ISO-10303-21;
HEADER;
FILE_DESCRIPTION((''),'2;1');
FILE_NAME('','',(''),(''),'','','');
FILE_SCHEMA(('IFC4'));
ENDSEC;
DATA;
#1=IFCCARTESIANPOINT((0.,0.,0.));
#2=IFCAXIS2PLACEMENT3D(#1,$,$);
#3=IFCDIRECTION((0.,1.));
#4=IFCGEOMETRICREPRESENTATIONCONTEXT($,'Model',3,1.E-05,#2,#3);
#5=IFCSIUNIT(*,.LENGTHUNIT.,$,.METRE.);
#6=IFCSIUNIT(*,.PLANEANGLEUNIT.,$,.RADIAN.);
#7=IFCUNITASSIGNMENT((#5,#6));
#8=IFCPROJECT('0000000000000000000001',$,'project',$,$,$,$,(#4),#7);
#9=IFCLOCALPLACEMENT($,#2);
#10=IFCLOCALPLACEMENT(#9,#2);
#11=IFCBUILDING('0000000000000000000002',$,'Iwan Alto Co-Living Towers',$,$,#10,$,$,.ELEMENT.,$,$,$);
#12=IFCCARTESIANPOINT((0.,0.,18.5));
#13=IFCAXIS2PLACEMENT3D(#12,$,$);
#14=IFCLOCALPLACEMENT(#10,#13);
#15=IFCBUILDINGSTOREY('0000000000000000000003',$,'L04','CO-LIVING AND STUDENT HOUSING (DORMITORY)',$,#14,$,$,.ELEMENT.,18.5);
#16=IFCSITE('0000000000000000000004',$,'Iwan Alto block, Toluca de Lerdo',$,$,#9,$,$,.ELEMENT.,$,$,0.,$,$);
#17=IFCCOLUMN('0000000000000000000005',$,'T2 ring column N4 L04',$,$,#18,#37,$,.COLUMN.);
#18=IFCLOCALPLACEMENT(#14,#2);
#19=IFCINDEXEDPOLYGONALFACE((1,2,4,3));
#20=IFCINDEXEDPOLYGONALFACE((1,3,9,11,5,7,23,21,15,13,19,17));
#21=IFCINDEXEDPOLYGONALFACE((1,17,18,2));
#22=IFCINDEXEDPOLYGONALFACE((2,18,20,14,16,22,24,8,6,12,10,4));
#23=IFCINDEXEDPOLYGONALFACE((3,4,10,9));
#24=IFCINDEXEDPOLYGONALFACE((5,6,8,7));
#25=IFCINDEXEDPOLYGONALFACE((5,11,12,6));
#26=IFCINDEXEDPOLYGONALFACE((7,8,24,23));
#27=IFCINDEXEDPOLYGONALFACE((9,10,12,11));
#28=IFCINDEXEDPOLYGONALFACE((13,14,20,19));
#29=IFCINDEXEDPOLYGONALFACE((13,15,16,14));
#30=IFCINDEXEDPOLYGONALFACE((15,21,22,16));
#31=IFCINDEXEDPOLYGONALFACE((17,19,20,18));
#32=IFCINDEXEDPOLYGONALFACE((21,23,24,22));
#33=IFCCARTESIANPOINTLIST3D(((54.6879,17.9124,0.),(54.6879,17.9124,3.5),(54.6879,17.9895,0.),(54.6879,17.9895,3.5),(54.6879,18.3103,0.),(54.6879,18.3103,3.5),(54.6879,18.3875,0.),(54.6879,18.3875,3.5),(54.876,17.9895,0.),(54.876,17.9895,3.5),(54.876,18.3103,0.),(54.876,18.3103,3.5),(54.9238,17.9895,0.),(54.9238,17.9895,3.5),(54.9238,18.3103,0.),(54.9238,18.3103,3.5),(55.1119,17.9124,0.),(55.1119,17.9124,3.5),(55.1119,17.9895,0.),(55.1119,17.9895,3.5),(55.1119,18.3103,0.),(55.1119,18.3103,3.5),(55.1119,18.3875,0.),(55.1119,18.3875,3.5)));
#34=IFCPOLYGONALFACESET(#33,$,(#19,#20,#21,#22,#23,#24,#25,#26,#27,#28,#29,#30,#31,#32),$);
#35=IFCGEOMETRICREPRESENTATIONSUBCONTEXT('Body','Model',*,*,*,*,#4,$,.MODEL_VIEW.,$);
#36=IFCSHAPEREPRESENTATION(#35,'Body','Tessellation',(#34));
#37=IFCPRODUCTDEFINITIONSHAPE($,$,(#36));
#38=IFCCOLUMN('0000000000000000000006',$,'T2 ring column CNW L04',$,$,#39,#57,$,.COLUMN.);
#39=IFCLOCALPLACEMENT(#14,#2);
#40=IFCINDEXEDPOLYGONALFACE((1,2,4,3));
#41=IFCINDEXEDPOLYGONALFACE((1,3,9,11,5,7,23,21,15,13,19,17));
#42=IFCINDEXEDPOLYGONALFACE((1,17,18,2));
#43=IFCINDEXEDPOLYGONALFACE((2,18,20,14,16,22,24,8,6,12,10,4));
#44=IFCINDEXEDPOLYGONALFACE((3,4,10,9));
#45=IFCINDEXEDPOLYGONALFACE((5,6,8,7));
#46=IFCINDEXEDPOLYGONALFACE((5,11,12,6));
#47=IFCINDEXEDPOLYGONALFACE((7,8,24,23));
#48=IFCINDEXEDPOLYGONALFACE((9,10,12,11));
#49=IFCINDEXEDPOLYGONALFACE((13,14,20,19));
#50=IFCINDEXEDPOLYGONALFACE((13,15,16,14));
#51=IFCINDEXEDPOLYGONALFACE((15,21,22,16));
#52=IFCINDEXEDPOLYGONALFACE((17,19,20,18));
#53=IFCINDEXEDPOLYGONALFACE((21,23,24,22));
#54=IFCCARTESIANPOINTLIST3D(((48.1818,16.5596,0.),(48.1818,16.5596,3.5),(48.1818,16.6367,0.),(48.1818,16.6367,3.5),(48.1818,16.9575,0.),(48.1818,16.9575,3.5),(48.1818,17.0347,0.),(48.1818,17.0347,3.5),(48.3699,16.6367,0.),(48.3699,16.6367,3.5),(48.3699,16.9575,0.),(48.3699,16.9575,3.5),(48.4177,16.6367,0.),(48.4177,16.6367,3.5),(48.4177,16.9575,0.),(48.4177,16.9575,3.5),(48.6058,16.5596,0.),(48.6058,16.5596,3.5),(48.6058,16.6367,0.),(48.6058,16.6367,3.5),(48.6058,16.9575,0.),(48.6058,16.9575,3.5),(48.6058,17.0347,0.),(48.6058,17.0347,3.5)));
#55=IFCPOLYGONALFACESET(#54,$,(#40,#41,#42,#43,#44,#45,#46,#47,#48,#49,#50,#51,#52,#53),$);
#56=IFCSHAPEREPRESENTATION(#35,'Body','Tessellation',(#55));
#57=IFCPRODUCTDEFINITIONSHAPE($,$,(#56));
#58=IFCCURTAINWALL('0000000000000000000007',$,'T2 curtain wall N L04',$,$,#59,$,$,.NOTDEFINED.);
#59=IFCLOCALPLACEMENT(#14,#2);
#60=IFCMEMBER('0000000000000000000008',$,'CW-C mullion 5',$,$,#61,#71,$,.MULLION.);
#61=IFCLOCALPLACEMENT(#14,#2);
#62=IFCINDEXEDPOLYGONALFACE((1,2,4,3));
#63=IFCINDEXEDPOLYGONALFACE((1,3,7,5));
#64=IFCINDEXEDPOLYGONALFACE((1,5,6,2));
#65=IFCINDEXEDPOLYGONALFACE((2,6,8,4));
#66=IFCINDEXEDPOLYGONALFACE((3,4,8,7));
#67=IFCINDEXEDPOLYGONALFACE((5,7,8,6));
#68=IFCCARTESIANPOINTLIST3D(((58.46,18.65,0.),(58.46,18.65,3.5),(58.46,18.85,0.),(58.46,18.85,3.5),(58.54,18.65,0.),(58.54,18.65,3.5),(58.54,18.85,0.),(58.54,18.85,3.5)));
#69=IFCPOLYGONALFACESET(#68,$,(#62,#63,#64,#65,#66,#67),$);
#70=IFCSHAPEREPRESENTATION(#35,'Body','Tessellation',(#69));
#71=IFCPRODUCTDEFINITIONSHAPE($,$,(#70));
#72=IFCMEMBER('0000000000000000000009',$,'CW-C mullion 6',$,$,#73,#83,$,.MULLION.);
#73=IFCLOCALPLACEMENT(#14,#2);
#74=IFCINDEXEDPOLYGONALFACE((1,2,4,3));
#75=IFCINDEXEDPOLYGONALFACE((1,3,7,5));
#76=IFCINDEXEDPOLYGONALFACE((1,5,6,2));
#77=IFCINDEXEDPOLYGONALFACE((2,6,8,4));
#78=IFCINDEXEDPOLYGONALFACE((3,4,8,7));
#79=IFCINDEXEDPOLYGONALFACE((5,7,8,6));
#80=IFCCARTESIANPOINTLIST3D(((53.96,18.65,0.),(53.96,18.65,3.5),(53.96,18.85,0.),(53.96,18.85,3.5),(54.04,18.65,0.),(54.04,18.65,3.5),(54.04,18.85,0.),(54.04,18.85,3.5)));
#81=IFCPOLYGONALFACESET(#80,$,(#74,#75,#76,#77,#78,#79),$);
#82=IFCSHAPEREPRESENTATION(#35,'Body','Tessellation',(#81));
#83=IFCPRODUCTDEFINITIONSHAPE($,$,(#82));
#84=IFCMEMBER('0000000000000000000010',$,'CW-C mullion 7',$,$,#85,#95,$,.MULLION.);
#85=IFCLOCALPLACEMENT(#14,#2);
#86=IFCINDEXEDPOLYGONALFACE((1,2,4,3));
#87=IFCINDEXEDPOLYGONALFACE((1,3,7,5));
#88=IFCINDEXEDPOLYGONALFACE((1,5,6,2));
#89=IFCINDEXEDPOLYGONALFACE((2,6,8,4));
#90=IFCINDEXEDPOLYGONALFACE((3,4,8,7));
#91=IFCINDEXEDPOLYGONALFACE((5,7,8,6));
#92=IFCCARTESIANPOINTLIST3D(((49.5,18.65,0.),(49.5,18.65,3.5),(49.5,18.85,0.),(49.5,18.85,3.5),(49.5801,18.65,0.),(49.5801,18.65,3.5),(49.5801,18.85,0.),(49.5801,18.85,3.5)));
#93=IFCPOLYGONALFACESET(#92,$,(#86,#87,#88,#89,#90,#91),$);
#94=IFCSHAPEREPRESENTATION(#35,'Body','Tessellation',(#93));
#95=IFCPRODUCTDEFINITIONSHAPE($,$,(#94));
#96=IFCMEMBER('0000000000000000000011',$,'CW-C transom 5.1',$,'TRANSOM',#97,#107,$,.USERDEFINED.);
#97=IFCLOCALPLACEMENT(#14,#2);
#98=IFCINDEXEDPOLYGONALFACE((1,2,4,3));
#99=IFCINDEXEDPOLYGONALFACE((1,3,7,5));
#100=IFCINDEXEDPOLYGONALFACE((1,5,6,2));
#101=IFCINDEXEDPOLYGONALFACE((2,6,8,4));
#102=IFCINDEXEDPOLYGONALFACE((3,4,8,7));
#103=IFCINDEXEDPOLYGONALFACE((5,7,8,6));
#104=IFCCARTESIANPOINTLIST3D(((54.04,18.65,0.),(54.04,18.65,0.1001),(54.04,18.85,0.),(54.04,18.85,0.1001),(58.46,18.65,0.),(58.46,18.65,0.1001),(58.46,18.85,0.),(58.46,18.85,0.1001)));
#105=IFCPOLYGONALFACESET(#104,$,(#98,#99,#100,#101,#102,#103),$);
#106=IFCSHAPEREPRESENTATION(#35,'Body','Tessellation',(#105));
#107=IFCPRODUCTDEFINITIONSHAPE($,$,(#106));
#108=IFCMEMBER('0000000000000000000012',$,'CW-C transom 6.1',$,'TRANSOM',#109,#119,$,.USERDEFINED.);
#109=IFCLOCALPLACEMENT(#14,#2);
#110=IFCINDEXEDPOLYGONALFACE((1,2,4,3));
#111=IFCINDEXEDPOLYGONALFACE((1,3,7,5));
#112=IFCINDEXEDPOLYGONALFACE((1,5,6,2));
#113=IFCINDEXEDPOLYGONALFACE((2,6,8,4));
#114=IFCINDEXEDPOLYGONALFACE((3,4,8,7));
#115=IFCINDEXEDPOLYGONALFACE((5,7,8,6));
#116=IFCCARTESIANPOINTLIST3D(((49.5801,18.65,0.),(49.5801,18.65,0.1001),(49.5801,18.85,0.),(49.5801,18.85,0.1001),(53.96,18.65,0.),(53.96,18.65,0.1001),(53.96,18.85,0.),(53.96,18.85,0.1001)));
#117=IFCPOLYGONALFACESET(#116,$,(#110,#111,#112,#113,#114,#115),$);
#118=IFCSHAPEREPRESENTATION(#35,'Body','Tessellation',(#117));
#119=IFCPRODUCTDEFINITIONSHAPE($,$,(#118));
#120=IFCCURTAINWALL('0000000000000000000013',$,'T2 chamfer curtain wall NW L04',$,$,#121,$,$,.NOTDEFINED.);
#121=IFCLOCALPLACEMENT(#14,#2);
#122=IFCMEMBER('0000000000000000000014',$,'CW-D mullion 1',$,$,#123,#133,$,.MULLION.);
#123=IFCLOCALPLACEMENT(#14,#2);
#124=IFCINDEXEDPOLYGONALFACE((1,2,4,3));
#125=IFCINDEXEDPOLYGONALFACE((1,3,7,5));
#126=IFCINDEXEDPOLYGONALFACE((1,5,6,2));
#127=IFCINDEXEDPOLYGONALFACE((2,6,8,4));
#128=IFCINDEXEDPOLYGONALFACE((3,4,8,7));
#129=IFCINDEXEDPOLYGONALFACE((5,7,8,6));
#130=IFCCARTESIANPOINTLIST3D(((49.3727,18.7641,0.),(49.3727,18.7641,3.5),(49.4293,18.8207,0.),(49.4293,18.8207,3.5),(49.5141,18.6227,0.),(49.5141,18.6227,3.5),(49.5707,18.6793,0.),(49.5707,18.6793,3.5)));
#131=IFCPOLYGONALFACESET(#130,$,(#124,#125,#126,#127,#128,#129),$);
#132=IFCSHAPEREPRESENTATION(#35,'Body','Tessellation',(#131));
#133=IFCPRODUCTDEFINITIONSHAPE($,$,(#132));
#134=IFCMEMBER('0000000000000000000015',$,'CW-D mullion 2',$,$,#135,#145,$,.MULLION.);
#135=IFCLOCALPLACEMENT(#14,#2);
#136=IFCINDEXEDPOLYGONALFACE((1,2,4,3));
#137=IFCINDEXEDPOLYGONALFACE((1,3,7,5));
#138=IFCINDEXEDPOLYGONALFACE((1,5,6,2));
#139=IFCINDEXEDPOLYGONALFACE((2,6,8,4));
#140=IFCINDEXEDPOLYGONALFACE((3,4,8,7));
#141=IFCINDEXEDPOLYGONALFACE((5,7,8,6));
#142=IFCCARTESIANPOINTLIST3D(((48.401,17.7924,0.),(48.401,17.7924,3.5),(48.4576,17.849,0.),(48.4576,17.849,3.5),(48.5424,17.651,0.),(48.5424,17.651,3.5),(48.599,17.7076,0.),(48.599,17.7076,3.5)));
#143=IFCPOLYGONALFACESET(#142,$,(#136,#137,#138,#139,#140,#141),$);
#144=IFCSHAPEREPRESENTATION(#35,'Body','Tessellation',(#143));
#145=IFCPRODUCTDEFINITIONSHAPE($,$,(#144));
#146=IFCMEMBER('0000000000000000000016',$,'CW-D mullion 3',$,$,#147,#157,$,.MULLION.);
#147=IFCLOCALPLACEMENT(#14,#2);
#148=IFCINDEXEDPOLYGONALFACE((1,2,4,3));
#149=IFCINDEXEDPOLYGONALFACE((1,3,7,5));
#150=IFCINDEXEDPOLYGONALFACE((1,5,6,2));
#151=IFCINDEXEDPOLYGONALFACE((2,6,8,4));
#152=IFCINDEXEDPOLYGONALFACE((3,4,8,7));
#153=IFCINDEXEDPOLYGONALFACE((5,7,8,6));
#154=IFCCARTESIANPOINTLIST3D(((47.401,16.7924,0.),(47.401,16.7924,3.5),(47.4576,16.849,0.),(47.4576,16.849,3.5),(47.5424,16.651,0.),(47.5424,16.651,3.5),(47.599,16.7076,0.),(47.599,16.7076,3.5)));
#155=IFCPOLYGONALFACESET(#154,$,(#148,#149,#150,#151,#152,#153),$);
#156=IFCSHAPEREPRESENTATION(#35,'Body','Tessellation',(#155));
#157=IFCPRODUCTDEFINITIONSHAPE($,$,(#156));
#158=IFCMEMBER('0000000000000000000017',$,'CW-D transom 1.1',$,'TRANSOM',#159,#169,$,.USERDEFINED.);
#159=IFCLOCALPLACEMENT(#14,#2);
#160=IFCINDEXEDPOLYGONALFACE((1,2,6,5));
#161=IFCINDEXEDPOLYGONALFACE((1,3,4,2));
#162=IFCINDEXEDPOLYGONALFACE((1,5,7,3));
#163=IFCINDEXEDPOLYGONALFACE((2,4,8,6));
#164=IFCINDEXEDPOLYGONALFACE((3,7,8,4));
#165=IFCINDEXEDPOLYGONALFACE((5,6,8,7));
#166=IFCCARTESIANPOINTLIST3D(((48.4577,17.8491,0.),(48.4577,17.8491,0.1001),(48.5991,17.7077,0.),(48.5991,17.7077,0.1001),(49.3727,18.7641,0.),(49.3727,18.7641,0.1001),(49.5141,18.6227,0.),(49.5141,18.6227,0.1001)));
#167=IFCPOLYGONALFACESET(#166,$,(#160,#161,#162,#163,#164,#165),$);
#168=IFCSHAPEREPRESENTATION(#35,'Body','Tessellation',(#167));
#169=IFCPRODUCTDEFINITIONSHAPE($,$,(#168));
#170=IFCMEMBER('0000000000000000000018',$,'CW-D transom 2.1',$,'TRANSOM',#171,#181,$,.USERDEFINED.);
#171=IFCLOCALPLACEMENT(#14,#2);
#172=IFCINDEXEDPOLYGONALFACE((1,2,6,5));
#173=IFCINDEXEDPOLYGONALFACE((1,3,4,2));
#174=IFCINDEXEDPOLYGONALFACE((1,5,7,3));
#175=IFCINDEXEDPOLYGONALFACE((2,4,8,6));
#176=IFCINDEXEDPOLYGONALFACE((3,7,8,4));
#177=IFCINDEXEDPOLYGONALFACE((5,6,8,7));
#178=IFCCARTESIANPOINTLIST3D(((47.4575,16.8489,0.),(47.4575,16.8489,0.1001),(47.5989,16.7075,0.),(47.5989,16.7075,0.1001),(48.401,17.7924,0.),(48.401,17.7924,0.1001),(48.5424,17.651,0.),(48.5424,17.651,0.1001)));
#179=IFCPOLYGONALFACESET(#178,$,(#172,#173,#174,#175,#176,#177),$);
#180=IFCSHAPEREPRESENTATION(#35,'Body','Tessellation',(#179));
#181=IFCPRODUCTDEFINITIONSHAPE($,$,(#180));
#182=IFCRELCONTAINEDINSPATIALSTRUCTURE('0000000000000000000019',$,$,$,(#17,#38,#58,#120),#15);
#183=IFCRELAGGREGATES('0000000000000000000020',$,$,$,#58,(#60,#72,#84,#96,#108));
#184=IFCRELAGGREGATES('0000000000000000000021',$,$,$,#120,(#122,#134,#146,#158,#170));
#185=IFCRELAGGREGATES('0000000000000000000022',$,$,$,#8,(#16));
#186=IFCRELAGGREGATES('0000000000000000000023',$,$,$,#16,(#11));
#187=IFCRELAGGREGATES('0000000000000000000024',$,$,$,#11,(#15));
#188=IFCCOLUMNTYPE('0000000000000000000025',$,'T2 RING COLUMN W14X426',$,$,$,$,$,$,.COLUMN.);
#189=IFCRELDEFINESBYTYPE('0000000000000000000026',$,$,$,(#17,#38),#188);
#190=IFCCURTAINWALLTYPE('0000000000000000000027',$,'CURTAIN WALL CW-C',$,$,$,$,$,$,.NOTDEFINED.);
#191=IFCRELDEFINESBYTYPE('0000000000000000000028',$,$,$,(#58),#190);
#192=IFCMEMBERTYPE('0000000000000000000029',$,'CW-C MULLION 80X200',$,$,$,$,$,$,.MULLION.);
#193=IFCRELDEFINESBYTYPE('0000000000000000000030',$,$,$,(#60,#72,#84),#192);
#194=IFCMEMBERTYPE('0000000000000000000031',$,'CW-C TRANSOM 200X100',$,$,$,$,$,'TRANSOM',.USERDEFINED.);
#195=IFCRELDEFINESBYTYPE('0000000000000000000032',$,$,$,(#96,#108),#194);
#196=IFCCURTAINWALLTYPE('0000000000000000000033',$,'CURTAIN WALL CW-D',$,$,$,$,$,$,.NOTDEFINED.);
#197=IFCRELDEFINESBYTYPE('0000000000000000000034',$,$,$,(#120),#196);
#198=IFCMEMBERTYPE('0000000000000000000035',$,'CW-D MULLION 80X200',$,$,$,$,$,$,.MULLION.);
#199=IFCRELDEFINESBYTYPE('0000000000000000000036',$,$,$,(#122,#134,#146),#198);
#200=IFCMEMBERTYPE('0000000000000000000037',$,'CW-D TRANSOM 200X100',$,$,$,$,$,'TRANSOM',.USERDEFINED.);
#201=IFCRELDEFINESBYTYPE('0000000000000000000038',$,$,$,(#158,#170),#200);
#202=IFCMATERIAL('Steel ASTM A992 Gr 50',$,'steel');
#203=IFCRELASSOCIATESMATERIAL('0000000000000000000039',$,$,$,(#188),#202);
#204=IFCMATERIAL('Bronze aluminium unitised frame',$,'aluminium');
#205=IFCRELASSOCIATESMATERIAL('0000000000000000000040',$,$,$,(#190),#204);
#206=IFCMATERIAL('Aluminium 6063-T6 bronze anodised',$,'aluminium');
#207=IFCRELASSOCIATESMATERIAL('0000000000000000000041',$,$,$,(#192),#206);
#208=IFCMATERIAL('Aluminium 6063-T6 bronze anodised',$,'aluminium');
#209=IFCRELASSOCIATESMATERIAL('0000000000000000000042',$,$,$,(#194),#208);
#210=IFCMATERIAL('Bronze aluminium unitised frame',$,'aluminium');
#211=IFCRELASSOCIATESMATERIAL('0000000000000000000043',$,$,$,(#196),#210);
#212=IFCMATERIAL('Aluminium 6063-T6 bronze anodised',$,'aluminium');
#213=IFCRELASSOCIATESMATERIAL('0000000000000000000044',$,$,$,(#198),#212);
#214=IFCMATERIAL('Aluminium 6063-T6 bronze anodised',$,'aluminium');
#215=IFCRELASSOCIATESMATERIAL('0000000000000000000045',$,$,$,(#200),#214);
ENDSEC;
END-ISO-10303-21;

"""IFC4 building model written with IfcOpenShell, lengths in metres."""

from ifc_helpers import new_model, si_unit, direction, frame, origin, origin_2d, place, context, subcontext, project, spatial, rectangle, i_section, extrude, material, material_profile, profile_set, type_object, element, aggregate, save


model = new_model("IFC4")

# Units and contexts
model_context = context("Model", 3, precision=1e-05, world=origin(), true_north=direction((0.0, 1.0)))
body_context = subcontext(model_context, "Body", "Model", "MODEL_VIEW")
ifc_project = project(units=[si_unit("LENGTHUNIT", "METRE"), si_unit("PLANEANGLEUNIT", "RADIAN")], contexts=[model_context])

# Site, building, storey
site_placement = place(None, origin())
site = spatial("IfcSite", under=ifc_project, at=site_placement, Name="Iwan Alto block, Toluca de Lerdo", CompositionType="ELEMENT", RefElevation=0.0)
building_placement = place(site_placement, origin())
building = spatial("IfcBuilding", under=site, at=building_placement, Name="Iwan Alto Co-Living Towers", CompositionType="ELEMENT")
storey_placement = place(building_placement, frame((0.0, 0.0, 18.5)))
storey = spatial("IfcBuildingStorey", under=building, at=storey_placement, Name="L04", Description="CO-LIVING AND STUDENT HOUSING (DORMITORY)", CompositionType="ELEMENT", Elevation=18.5)

# Columns
ifc_material_1 = material(Name="Steel ASTM A992 Gr 50", Category="steel")
ifc_material_profile_1 = material_profile(ifc_material_1, i_section(OverallWidth=0.4241, OverallDepth=0.4751, WebThickness=0.0479, FlangeThickness=0.0771, at=origin_2d()), Name="W14X426")
ifc_profile_set_1 = profile_set([ifc_material_profile_1], Name="Steel ASTM A992 Gr 50")
column_type = type_object("IfcColumnType", Name="T2 RING COLUMN W14X426", PredefinedType="COLUMN", material=ifc_profile_set_1)
for number, where, z_axis, x_axis, name in (
    (1, (54.8999, 18.1499, 0.0), (0.0, 0.0, 1.0), (1.0, 0.0, 0.0), "T2 ring column N4 L04"),
    (2, (48.3938, 16.7971, 0.0), (0.0, 0.0, 1.0), (1.0, 0.0, 0.0), "T2 ring column CNW L04"),
):
    element("IfcColumn", number, at=place(storey_placement, frame(where, z_axis=z_axis, x_axis=x_axis)), inside=storey, type_object=column_type, Name=name, PredefinedType="COLUMN", context=body_context, shape_type="SweptSolid", body=[
        extrude(i_section(OverallWidth=0.4241, OverallDepth=0.4751, WebThickness=0.0479, FlangeThickness=0.0771, at=origin_2d()), origin(), (0.0, 0.0, 1.0), 3.5),
    ])

# Curtain walls, members
ifc_material_2 = material(Name="Bronze aluminium unitised frame", Category="aluminium")
curtain_wall_type_1 = type_object("IfcCurtainWallType", Name="CURTAIN WALL CW-C", PredefinedType="NOTDEFINED", material=ifc_material_2)
curtain_wall_1_placement = place(storey_placement, origin())
curtain_wall_1 = element("IfcCurtainWall", 3, at=curtain_wall_1_placement, inside=storey, type_object=curtain_wall_type_1, Name="T2 curtain wall N L04", PredefinedType="NOTDEFINED")
ifc_material_3 = material(Name="Aluminium 6063-T6 bronze anodised", Category="aluminium")
ifc_material_profile_2 = material_profile(ifc_material_3, rectangle(XDim=0.2, YDim=0.0801, at=origin_2d()), Name="AL 80X200")
ifc_profile_set_2 = profile_set([ifc_material_profile_2], Name="Aluminium 6063-T6 bronze anodised")
member_type_1 = type_object("IfcMemberType", Name="CW-C MULLION 80X200", PredefinedType="MULLION", material=ifc_profile_set_2)
member_1_placement = place(storey_placement, frame((58.5, 18.75, 0.0), z_axis=(0.0, 0.0, 1.0), x_axis=(0.0, -1.0, 0.0)))
member_1 = element("IfcMember", 4, at=member_1_placement, type_object=member_type_1, Name="CW-C mullion 5", PredefinedType="MULLION", context=body_context, shape_type="SweptSolid", body=[
    extrude(rectangle(XDim=0.2, YDim=0.0801, at=origin_2d()), origin(), (0.0, 0.0, 1.0), 3.5),
])
member_2_placement = place(storey_placement, frame((54.0, 18.75, 0.0), z_axis=(0.0, 0.0, 1.0), x_axis=(0.0, -1.0, 0.0)))
member_2 = element("IfcMember", 5, at=member_2_placement, type_object=member_type_1, Name="CW-C mullion 6", PredefinedType="MULLION", context=body_context, shape_type="SweptSolid", body=[
    extrude(rectangle(XDim=0.2, YDim=0.0801, at=origin_2d()), origin(), (0.0, 0.0, 1.0), 3.5),
])
member_3_placement = place(storey_placement, frame((49.54, 18.75, 0.0), z_axis=(0.0, 0.0, 1.0), x_axis=(0.0, -1.0, 0.0)))
member_3 = element("IfcMember", 6, at=member_3_placement, type_object=member_type_1, Name="CW-C mullion 7", PredefinedType="MULLION", context=body_context, shape_type="SweptSolid", body=[
    extrude(rectangle(XDim=0.2, YDim=0.0801, at=origin_2d()), origin(), (0.0, 0.0, 1.0), 3.5),
])
ifc_material_4 = material(Name="Aluminium 6063-T6 bronze anodised", Category="aluminium")
ifc_material_profile_3 = material_profile(ifc_material_4, rectangle(XDim=0.2, YDim=0.1001, at=origin_2d()), Name="AL 200X100")
ifc_profile_set_3 = profile_set([ifc_material_profile_3], Name="Aluminium 6063-T6 bronze anodised")
member_type_2 = type_object("IfcMemberType", Name="CW-C TRANSOM 200X100", ElementType="TRANSOM", PredefinedType="USERDEFINED", material=ifc_profile_set_3)
member_4_placement = place(storey_placement, frame((58.46, 18.75, 0.05), z_axis=(-1.0, 0.0, 0.0), x_axis=(0.0, -1.0, 0.0)))
member_4 = element("IfcMember", 7, at=member_4_placement, type_object=member_type_2, Name="CW-C transom 5.1", ObjectType="TRANSOM", PredefinedType="USERDEFINED", context=body_context, shape_type="SweptSolid", body=[
    extrude(rectangle(XDim=0.2, YDim=0.1001, at=origin_2d()), origin(), (0.0, 0.0, 1.0), 4.4199),
])
member_5_placement = place(storey_placement, frame((53.96, 18.75, 0.05), z_axis=(-1.0, 0.0, 0.0), x_axis=(0.0, -1.0, 0.0)))
member_5 = element("IfcMember", 8, at=member_5_placement, type_object=member_type_2, Name="CW-C transom 6.1", ObjectType="TRANSOM", PredefinedType="USERDEFINED", context=body_context, shape_type="SweptSolid", body=[
    extrude(rectangle(XDim=0.2, YDim=0.1001, at=origin_2d()), origin(), (0.0, 0.0, 1.0), 4.3799),
])
ifc_material_5 = material(Name="Bronze aluminium unitised frame", Category="aluminium")
curtain_wall_type_2 = type_object("IfcCurtainWallType", Name="CURTAIN WALL CW-D", PredefinedType="NOTDEFINED", material=ifc_material_5)
curtain_wall_2_placement = place(storey_placement, origin())
curtain_wall_2 = element("IfcCurtainWall", 9, at=curtain_wall_2_placement, inside=storey, type_object=curtain_wall_type_2, Name="T2 chamfer curtain wall NW L04", PredefinedType="NOTDEFINED")
ifc_material_6 = material(Name="Aluminium 6063-T6 bronze anodised", Category="aluminium")
ifc_material_profile_4 = material_profile(ifc_material_6, rectangle(XDim=0.2, YDim=0.0801, at=origin_2d()), Name="AL 80X200")
ifc_profile_set_4 = profile_set([ifc_material_profile_4], Name="Aluminium 6063-T6 bronze anodised")
member_type_3 = type_object("IfcMemberType", Name="CW-D MULLION 80X200", PredefinedType="MULLION", material=ifc_profile_set_4)
member_6_placement = place(storey_placement, frame((49.4717, 18.7217, 0.0), z_axis=(0.0, 0.0, 1.0), x_axis=(0.707107, -0.707107, 0.0)))
member_6 = element("IfcMember", 10, at=member_6_placement, type_object=member_type_3, Name="CW-D mullion 1", PredefinedType="MULLION", context=body_context, shape_type="SweptSolid", body=[
    extrude(rectangle(XDim=0.2, YDim=0.0801, at=origin_2d()), origin(), (0.0, 0.0, 1.0), 3.5),
])
member_7_placement = place(storey_placement, frame((48.5, 17.75, 0.0), z_axis=(0.0, 0.0, 1.0), x_axis=(0.707107, -0.707107, 0.0)))
member_7 = element("IfcMember", 11, at=member_7_placement, type_object=member_type_3, Name="CW-D mullion 2", PredefinedType="MULLION", context=body_context, shape_type="SweptSolid", body=[
    extrude(rectangle(XDim=0.2, YDim=0.0801, at=origin_2d()), origin(), (0.0, 0.0, 1.0), 3.5),
])
member_8_placement = place(storey_placement, frame((47.5, 16.75, 0.0), z_axis=(0.0, 0.0, 1.0), x_axis=(0.707107, -0.707107, 0.0)))
member_8 = element("IfcMember", 12, at=member_8_placement, type_object=member_type_3, Name="CW-D mullion 3", PredefinedType="MULLION", context=body_context, shape_type="SweptSolid", body=[
    extrude(rectangle(XDim=0.2, YDim=0.0801, at=origin_2d()), origin(), (0.0, 0.0, 1.0), 3.5),
])
ifc_material_7 = material(Name="Aluminium 6063-T6 bronze anodised", Category="aluminium")
ifc_material_profile_5 = material_profile(ifc_material_7, rectangle(XDim=0.2, YDim=0.1001, at=origin_2d()), Name="AL 200X100")
ifc_profile_set_5 = profile_set([ifc_material_profile_5], Name="Aluminium 6063-T6 bronze anodised")
member_type_4 = type_object("IfcMemberType", Name="CW-D TRANSOM 200X100", ElementType="TRANSOM", PredefinedType="USERDEFINED", material=ifc_profile_set_5)
member_9_placement = place(storey_placement, frame((49.4434, 18.6934, 0.05), z_axis=(-0.707107, -0.707107, 0.0), x_axis=(0.707107, -0.707107, 0.0)))
member_9 = element("IfcMember", 13, at=member_9_placement, type_object=member_type_4, Name="CW-D transom 1.1", ObjectType="TRANSOM", PredefinedType="USERDEFINED", context=body_context, shape_type="SweptSolid", body=[
    extrude(rectangle(XDim=0.2, YDim=0.1001, at=origin_2d()), origin(), (0.0, 0.0, 1.0), 1.2939),
])
member_10_placement = place(storey_placement, frame((48.4717, 17.7217, 0.05), z_axis=(-0.707107, -0.707107, 0.0), x_axis=(0.707107, -0.707107, 0.0)))
member_10 = element("IfcMember", 14, at=member_10_placement, type_object=member_type_4, Name="CW-D transom 2.1", ObjectType="TRANSOM", PredefinedType="USERDEFINED", context=body_context, shape_type="SweptSolid", body=[
    extrude(rectangle(XDim=0.2, YDim=0.1001, at=origin_2d()), origin(), (0.0, 0.0, 1.0), 1.3342),
])

aggregate(curtain_wall_1, [member_1, member_2, member_3, member_4, member_5])
aggregate(curtain_wall_2, [member_6, member_7, member_8, member_9, member_10])

save(model, "model.ifc")
